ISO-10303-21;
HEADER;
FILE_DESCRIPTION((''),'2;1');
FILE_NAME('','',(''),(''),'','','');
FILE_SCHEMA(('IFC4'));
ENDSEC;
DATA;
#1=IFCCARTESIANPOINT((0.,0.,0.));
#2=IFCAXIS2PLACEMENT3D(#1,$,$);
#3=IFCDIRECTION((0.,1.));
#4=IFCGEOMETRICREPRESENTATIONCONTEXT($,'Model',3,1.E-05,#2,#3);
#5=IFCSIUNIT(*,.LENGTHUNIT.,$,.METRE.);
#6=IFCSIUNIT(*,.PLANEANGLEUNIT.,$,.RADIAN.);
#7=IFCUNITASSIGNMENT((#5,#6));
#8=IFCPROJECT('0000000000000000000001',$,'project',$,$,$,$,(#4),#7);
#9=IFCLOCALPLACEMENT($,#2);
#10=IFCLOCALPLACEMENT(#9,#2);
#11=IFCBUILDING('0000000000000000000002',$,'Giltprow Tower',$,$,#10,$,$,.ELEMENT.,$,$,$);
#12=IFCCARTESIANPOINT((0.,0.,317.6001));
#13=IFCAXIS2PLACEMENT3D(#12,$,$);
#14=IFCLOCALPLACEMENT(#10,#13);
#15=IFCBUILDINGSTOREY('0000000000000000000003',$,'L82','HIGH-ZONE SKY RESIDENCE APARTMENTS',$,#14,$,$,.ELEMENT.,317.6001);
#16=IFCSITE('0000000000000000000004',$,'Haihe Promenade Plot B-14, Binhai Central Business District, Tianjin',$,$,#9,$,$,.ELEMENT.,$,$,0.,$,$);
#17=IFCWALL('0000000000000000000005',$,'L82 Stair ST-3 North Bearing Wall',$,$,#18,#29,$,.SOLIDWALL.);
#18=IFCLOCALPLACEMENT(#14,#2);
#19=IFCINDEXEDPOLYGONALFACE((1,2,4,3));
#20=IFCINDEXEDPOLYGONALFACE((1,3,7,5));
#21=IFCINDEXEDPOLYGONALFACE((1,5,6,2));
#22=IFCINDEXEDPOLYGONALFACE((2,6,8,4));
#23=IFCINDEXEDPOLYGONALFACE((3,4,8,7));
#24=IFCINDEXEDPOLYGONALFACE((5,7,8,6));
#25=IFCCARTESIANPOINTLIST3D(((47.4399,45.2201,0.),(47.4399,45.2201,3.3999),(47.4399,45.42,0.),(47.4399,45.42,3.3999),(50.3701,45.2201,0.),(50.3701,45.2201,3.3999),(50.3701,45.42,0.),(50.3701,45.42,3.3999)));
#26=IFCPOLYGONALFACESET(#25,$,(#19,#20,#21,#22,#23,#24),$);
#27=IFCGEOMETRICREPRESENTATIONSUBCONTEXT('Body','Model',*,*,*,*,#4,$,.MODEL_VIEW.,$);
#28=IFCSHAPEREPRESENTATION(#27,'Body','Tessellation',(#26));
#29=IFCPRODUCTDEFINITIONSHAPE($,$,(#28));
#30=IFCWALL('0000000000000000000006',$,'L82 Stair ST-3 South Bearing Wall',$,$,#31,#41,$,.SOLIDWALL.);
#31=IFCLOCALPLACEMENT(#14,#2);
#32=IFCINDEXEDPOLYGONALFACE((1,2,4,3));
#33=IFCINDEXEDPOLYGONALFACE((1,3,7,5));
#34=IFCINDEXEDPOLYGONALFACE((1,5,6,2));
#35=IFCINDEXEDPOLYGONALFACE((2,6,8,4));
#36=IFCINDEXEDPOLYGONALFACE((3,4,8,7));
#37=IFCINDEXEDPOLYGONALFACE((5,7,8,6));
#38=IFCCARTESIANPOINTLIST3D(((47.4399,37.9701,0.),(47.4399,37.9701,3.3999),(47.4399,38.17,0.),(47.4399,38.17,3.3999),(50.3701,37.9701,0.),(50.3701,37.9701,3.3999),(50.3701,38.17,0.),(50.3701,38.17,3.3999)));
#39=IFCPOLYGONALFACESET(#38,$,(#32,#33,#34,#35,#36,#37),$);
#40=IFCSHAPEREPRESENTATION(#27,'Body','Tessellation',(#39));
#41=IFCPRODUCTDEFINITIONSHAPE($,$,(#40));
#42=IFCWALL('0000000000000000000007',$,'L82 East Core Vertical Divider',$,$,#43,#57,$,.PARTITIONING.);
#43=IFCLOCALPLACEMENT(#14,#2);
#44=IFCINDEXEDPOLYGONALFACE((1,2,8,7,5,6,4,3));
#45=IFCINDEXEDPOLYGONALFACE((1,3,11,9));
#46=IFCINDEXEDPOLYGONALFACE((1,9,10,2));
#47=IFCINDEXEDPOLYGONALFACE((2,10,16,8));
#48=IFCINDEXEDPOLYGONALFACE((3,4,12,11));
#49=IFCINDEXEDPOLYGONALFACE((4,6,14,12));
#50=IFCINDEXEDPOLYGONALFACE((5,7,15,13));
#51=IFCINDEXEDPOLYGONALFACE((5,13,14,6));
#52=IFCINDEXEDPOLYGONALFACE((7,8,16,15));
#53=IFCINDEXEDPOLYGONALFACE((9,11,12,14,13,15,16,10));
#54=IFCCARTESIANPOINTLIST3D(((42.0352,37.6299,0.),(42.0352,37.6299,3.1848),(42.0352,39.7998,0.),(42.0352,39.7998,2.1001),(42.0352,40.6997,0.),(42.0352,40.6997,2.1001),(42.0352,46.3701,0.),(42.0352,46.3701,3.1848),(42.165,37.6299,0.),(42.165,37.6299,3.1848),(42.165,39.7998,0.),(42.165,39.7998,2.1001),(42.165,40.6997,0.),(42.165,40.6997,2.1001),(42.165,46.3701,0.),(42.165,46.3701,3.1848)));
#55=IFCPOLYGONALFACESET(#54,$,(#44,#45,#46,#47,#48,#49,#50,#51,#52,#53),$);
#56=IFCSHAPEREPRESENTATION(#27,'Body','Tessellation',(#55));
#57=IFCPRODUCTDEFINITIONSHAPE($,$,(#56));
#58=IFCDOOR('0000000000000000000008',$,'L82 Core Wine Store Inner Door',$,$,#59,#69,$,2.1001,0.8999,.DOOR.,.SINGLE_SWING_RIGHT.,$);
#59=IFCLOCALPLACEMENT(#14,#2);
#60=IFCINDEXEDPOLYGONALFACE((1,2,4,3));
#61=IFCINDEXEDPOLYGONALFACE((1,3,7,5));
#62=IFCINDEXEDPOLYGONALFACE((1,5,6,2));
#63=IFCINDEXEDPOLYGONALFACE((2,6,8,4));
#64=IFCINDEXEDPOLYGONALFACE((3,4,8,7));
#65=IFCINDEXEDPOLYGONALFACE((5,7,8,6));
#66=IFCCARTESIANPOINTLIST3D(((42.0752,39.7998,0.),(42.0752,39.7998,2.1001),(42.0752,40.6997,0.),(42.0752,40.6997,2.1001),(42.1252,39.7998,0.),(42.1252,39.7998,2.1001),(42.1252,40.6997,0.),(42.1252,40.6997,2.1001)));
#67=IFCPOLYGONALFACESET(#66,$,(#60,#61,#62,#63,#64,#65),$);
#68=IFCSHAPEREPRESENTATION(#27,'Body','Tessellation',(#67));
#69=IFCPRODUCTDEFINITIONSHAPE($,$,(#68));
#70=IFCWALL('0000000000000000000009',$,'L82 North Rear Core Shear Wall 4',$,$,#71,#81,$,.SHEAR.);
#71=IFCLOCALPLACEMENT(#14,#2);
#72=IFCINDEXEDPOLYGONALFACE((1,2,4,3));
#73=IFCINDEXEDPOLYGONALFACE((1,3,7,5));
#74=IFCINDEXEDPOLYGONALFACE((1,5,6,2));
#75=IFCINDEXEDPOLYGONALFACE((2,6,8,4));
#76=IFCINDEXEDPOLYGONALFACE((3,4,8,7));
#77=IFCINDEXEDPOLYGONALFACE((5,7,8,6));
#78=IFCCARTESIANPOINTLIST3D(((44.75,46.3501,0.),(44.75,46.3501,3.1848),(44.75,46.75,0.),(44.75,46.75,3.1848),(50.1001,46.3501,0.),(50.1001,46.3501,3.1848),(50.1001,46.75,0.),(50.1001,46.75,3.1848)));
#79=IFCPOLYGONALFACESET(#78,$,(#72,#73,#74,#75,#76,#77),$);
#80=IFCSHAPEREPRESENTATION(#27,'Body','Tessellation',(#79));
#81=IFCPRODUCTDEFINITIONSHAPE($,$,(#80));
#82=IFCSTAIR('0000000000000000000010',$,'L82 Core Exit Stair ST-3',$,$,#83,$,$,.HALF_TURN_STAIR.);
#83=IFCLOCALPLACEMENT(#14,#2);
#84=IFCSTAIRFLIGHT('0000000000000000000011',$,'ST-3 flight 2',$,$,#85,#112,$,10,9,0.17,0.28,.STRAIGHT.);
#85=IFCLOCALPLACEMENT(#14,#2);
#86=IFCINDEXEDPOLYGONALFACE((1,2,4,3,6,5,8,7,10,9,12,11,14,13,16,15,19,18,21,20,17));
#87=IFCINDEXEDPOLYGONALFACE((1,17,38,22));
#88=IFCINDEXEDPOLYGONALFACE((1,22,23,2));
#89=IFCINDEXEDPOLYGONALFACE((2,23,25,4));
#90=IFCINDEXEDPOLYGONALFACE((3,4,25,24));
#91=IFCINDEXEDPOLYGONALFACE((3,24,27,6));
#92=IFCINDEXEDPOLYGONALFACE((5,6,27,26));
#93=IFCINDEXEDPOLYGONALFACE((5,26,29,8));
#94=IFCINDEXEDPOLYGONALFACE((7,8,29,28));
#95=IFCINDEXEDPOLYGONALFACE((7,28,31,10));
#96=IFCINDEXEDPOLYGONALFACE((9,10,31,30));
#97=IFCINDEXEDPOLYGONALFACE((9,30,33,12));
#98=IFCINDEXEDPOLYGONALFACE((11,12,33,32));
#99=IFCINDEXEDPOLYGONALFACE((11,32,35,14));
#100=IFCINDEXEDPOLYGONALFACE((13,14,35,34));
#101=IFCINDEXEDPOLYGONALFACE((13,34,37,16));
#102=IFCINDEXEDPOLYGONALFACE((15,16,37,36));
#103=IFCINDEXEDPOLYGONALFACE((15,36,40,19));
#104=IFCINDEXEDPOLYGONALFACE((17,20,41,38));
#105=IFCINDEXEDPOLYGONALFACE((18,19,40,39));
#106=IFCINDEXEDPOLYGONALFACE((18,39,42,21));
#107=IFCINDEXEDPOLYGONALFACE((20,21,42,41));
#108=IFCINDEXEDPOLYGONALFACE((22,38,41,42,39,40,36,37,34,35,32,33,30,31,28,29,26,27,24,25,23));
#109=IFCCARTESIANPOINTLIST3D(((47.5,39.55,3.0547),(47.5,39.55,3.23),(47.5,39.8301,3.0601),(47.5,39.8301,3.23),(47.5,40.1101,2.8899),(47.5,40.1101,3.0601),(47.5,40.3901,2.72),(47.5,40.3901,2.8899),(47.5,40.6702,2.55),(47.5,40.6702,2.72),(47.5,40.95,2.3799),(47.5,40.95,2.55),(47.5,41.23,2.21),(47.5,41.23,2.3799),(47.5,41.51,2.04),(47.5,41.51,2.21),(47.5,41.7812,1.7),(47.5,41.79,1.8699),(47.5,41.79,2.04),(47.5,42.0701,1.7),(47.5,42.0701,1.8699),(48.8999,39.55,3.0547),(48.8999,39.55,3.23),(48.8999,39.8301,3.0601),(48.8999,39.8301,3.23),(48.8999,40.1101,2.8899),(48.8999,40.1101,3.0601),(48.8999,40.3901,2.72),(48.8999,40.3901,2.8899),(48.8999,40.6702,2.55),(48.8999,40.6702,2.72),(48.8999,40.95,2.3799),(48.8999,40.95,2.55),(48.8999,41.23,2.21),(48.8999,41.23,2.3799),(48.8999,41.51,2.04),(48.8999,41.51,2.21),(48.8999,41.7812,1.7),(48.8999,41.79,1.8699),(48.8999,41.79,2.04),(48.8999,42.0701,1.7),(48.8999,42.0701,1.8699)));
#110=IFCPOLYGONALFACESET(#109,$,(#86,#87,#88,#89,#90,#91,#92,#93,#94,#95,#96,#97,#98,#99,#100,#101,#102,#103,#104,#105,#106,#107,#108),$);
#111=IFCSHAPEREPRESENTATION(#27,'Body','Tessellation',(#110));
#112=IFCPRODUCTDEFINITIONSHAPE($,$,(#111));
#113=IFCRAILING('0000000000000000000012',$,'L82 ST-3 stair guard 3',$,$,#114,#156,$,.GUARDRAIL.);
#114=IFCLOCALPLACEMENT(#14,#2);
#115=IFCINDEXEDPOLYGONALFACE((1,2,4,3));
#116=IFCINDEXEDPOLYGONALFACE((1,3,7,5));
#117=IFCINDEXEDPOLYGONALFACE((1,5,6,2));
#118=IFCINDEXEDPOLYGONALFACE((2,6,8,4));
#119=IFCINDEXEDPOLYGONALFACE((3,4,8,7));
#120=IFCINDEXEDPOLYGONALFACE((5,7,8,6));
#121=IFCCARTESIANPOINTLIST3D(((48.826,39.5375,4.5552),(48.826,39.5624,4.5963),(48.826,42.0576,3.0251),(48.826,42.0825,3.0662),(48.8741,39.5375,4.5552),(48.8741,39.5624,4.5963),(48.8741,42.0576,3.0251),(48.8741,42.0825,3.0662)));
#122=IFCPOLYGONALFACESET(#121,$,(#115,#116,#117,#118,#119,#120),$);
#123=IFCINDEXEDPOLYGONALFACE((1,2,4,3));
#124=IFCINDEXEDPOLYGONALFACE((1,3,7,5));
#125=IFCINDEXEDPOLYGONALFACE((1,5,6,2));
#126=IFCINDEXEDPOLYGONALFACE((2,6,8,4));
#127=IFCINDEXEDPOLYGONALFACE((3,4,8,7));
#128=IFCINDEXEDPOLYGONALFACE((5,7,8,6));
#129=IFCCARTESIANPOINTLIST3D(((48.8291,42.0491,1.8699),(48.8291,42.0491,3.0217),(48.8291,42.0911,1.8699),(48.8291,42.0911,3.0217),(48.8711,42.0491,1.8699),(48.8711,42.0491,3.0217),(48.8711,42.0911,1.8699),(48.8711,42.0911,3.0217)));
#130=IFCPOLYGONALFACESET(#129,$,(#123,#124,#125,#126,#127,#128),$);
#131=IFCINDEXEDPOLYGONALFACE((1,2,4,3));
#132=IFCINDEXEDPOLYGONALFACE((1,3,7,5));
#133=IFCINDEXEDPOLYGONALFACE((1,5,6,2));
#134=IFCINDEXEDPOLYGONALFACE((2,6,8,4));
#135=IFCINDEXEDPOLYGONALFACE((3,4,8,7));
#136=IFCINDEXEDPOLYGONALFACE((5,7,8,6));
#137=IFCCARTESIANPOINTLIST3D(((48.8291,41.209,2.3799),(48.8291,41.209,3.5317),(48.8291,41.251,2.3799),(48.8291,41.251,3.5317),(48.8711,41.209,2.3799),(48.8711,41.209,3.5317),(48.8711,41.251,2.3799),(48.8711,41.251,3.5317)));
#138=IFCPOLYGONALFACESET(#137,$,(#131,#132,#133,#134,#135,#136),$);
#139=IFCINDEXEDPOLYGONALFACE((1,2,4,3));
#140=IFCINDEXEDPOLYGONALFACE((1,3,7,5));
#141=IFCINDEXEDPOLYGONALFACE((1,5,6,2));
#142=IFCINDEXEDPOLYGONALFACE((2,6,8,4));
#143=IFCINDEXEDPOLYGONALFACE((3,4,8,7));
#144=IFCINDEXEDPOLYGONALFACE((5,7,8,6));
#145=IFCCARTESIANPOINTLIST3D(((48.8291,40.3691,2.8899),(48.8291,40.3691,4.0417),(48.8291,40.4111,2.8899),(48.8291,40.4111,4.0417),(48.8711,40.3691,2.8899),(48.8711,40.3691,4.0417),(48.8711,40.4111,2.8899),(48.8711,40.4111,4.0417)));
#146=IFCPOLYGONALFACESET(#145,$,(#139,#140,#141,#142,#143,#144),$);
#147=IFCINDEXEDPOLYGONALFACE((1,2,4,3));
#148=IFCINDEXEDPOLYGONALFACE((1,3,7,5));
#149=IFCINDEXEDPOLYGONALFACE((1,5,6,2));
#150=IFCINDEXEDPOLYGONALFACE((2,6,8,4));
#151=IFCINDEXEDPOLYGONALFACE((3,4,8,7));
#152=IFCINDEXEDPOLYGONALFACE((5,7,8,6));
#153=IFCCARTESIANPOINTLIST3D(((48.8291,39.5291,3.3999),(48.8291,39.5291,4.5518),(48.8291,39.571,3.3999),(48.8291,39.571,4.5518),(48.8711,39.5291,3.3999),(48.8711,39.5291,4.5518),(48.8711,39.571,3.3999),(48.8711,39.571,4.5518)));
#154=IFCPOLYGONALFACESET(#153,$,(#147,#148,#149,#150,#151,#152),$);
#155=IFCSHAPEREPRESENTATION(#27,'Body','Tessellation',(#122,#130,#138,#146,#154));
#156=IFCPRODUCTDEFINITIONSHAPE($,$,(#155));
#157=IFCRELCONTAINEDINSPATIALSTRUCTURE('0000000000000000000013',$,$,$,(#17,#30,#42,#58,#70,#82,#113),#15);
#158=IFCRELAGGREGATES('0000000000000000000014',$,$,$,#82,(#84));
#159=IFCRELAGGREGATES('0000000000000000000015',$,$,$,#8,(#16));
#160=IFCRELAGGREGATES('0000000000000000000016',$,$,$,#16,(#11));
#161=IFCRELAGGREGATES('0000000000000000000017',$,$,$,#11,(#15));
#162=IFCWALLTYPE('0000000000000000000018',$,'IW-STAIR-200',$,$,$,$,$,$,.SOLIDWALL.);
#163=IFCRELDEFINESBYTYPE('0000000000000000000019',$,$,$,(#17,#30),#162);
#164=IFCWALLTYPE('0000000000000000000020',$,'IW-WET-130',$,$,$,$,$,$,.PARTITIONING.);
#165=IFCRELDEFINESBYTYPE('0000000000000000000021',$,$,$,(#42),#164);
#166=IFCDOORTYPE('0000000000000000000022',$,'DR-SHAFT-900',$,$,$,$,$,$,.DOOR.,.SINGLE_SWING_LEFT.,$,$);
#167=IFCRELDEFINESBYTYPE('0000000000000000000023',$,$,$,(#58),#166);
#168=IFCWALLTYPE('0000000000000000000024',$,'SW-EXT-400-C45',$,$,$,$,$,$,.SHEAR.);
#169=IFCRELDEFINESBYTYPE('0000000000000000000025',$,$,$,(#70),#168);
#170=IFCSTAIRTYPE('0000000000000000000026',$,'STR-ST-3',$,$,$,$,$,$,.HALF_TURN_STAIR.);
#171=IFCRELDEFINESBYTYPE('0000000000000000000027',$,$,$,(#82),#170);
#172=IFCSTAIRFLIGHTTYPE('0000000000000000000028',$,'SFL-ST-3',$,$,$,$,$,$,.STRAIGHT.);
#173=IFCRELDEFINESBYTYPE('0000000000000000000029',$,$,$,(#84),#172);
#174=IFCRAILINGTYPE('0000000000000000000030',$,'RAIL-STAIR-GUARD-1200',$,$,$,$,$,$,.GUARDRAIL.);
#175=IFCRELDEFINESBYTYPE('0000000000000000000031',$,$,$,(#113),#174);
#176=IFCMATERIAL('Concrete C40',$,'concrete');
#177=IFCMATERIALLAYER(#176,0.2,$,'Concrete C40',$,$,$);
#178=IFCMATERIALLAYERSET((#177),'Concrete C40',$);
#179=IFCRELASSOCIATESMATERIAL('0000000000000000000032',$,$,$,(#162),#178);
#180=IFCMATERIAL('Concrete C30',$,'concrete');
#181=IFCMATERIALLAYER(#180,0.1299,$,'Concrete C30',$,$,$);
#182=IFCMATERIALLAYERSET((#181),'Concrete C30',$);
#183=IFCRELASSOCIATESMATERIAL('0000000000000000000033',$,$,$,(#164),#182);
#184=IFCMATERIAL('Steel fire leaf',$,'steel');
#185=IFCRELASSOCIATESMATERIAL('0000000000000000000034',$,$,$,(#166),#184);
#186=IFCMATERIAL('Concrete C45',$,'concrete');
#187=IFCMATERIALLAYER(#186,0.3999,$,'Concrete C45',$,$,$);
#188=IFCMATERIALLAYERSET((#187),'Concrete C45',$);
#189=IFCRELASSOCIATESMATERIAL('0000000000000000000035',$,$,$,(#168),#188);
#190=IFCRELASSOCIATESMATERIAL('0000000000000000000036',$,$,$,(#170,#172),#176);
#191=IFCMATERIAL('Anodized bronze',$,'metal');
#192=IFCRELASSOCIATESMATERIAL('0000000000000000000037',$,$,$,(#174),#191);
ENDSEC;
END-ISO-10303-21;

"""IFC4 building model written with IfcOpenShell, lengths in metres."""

from ifc_helpers import new_model, si_unit, direction, frame, frame_2d, origin, origin_2d, place, context, subcontext, project, spatial, polyline, rectangle, outline, extrude, source, transform, mapped, material, layer, layer_set, type_object, element, fill, aggregate, save


model = new_model("IFC4")

# Units and contexts
model_context = context("Model", 3, precision=1e-05, world=origin(), true_north=direction((0.0, 1.0)))
body_context = subcontext(model_context, "Body", "Model", "MODEL_VIEW")
ifc_project = project(units=[si_unit("LENGTHUNIT", "METRE"), si_unit("PLANEANGLEUNIT", "RADIAN")], contexts=[model_context])

# Site, building, storey
site_placement = place(None, origin())
site = spatial("IfcSite", under=ifc_project, at=site_placement, Name="Haihe Promenade Plot B-14, Binhai Central Business District, Tianjin", CompositionType="ELEMENT", RefElevation=0.0)
building_placement = place(site_placement, origin())
building = spatial("IfcBuilding", under=site, at=building_placement, Name="Giltprow Tower", CompositionType="ELEMENT")
storey_placement = place(building_placement, frame((0.0, 0.0, 317.6001)))
storey = spatial("IfcBuildingStorey", under=building, at=storey_placement, Name="L82", Description="HIGH-ZONE SKY RESIDENCE APARTMENTS", CompositionType="ELEMENT", Elevation=317.6001)

# Shared definitions
ifc_material_1 = material(Name="Concrete C45", Category="concrete")

# Shared definitions
ifc_material_2 = material(Name="Concrete C40", Category="concrete")

# Shared definitions
ifc_layer_1 = layer(ifc_material_2, 0.2, Name="Concrete C40")
ifc_layer_set_1 = layer_set([ifc_layer_1], Name="Concrete C40")
wall_type_1 = type_object("IfcWallType", Name="IW-STAIR-200", PredefinedType="SOLIDWALL", material=ifc_layer_set_1)
ifc_material_3 = material(Name="Steel fire leaf", Category="steel")

# Walls
for number, where, z_axis, x_axis, name in (
    (1, (47.4399, 45.3201, 0.0), (0.0, 0.0, 1.0), (1.0, 0.0, 0.0), "L82 Stair ST-3 North Bearing Wall"),
    (2, (47.4399, 38.0701, 0.0), (0.0, 0.0, 1.0), (1.0, 0.0, 0.0), "L82 Stair ST-3 South Bearing Wall"),
):
    element("IfcWall", number, at=place(storey_placement, frame(where, z_axis=z_axis, x_axis=x_axis)), inside=storey, type_object=wall_type_1, Name=name, PredefinedType="SOLIDWALL", context=body_context, shape_type="SweptSolid", body=[
        extrude(rectangle(XDim=2.9302, YDim=0.2, at=frame_2d((1.4651, 0.0))), origin(), (0.0, 0.0, 1.0), 3.3999),
    ])

# Wall, opening, door
ifc_material_4 = material(Name="Concrete C30", Category="concrete")
ifc_layer_2 = layer(ifc_material_4, 0.1299, Name="Concrete C30")
ifc_layer_set_2 = layer_set([ifc_layer_2], Name="Concrete C30")
wall_type_2 = type_object("IfcWallType", Name="IW-WET-130", PredefinedType="PARTITIONING", material=ifc_layer_set_2)
wall_1_placement = place(storey_placement, frame((42.1001, 37.6299, 0.0), z_axis=(0.0, 0.0, 1.0), x_axis=(0.0, 1.0, 0.0)))
wall_1 = element("IfcWall", 3, at=wall_1_placement, inside=storey, type_object=wall_type_2, Name="L82 East Core Vertical Divider", PredefinedType="PARTITIONING", context=body_context, shape_type="SweptSolid", body=[
    extrude(rectangle(XDim=8.7402, YDim=0.1299, at=frame_2d((4.3701, 0.0))), origin(), (0.0, 0.0, 1.0), 3.1848),
])
opening_1_placement = place(wall_1_placement, frame((2.1699, 0.0, 0.0)))
opening_1 = element("IfcOpeningElement", 4, at=opening_1_placement, cuts=wall_1, PredefinedType="OPENING", context=body_context, shape_type="SweptSolid", body=[
    extrude(rectangle(XDim=0.8999, YDim=2.1001, at=frame_2d((0.45, 1.05))), frame((0.0, 0.075, 0.0), z_axis=(0.0, -1.0, 0.0), x_axis=(1.0, 0.0, 0.0)), (0.0, 0.0, 1.0), 0.1499),
])
door_type_1 = type_object("IfcDoorType", Name="DR-SHAFT-900", OperationType="SINGLE_SWING_LEFT", PredefinedType="DOOR", material=ifc_material_3)
shared_shape_1 = source(origin(), body_context, "Body", "SweptSolid", [
    extrude(rectangle(XDim=0.8999, YDim=2.1001, at=frame_2d((0.45, 1.05))), frame((0.0, 0.0249, 0.0), z_axis=(0.0, -1.0, 0.0), x_axis=(1.0, 0.0, 0.0)), (0.0, 0.0, 1.0), 0.05),
])
door_1_placement = place(opening_1_placement, origin())
door_1 = element("IfcDoor", 5, at=door_1_placement, inside=storey, type_object=door_type_1, Name="L82 Core Wine Store Inner Door", OperationType="SINGLE_SWING_RIGHT", OverallHeight=2.1001, OverallWidth=0.8999, PredefinedType="DOOR", context=body_context, shape_type="MappedRepresentation", body=[
    mapped(shared_shape_1, transform((0.0, 0.0, 0.0), x_axis=(1.0, 0.0, 0.0), y_axis=(0.0, 1.0, 0.0), z_axis=(0.0, 0.0, 1.0), scale=1.0)),
])
fill(opening_1, door_1)

# Wall
ifc_layer_3 = layer(ifc_material_1, 0.3999, Name="Concrete C45")
ifc_layer_set_3 = layer_set([ifc_layer_3], Name="Concrete C45")
wall_type_3 = type_object("IfcWallType", Name="SW-EXT-400-C45", PredefinedType="SHEAR", material=ifc_layer_set_3)
wall_2_placement = place(storey_placement, frame((44.75, 46.55, 0.0), z_axis=(0.0, 0.0, 1.0), x_axis=(1.0, 0.0, 0.0)))
element("IfcWall", 6, at=wall_2_placement, inside=storey, type_object=wall_type_3, Name="L82 North Rear Core Shear Wall 4", PredefinedType="SHEAR", context=body_context, shape_type="SweptSolid", body=[
    extrude(rectangle(XDim=5.3501, YDim=0.3999, at=frame_2d((2.675, 0.0))), origin(), (0.0, 0.0, 1.0), 3.1848),
])

# Stair, stair flight
stair_type = type_object("IfcStairType", Name="STR-ST-3", PredefinedType="HALF_TURN_STAIR", material=ifc_material_2)
stair_placement = place(storey_placement, origin())
stair = element("IfcStair", 7, at=stair_placement, inside=storey, type_object=stair_type, Name="L82 Core Exit Stair ST-3", PredefinedType="HALF_TURN_STAIR")
stair_flight_type = type_object("IfcStairFlightType", Name="SFL-ST-3", PredefinedType="STRAIGHT", material=ifc_material_2)
stair_flight_placement = place(storey_placement, frame((48.2, 42.0701, 1.7), z_axis=(0.0, 0.0, 1.0), x_axis=(0.0, -1.0, 0.0)))
stair_flight = element("IfcStairFlight", 8, at=stair_flight_placement, type_object=stair_flight_type, Name="ST-3 flight 2", NumberOfRisers=10, NumberOfTreads=9, PredefinedType="STRAIGHT", RiserHeight=0.17, TreadLength=0.28, context=body_context, shape_type="SweptSolid", body=[
    extrude(outline(polyline([(0.0, 0.0), (0.0, 0.1699), (0.28, 0.1699), (0.28, 0.3401), (0.5601, 0.3401), (0.5601, 0.51), (0.8401, 0.51), (0.8401, 0.6799), (1.1201, 0.6799), (1.1201, 0.8501), (1.3999, 0.8501), (1.3999, 1.02), (1.6799, 1.02), (1.6799, 1.1899), (1.96, 1.1899), (1.96, 1.3601), (2.24, 1.3601), (2.24, 1.53), (2.52, 1.53), (2.52, 1.7), (2.52, 1.3547), (0.2888, 0.0), (0.0, 0.0)])), frame((0.0, 0.7, 0.0), z_axis=(0.0, -1.0, 0.0), x_axis=(1.0, 0.0, 0.0)), (0.0, 0.0, 1.0), 1.3999),
])
aggregate(stair, [stair_flight])

# Railing
ifc_material_5 = material(Name="Anodized bronze", Category="metal")
railing_type_1 = type_object("IfcRailingType", Name="RAIL-STAIR-GUARD-1200", PredefinedType="GUARDRAIL", material=ifc_material_5)
railing_1_placement = place(storey_placement, frame((48.8501, 42.0701, 1.8699)))
element("IfcRailing", 9, at=railing_1_placement, inside=storey, type_object=railing_type_1, Name="L82 ST-3 stair guard 3", PredefinedType="GUARDRAIL", context=body_context, shape_type="SweptSolid", body=[
    extrude(rectangle(XDim=0.0481, YDim=0.0481, at=origin_2d()), frame((0.0, 0.0, 1.1758), z_axis=(0.0, -0.854785, 0.518982), x_axis=(1.0, 0.0, 0.0)), (0.0, 0.0, 1.0), 2.9482),
    extrude(rectangle(XDim=0.042, YDim=0.042, at=origin_2d()), origin(), (0.0, 0.0, 1.0), 1.1519),
    extrude(rectangle(XDim=0.042, YDim=0.042, at=origin_2d()), frame((0.0, -0.8401, 0.51)), (0.0, 0.0, 1.0), 1.1519),
    extrude(rectangle(XDim=0.042, YDim=0.042, at=origin_2d()), frame((0.0, -1.6799, 1.02)), (0.0, 0.0, 1.0), 1.1519),
    extrude(rectangle(XDim=0.042, YDim=0.042, at=origin_2d()), frame((0.0, -2.52, 1.53)), (0.0, 0.0, 1.0), 1.1519),
])

save(model, "model.ifc")
